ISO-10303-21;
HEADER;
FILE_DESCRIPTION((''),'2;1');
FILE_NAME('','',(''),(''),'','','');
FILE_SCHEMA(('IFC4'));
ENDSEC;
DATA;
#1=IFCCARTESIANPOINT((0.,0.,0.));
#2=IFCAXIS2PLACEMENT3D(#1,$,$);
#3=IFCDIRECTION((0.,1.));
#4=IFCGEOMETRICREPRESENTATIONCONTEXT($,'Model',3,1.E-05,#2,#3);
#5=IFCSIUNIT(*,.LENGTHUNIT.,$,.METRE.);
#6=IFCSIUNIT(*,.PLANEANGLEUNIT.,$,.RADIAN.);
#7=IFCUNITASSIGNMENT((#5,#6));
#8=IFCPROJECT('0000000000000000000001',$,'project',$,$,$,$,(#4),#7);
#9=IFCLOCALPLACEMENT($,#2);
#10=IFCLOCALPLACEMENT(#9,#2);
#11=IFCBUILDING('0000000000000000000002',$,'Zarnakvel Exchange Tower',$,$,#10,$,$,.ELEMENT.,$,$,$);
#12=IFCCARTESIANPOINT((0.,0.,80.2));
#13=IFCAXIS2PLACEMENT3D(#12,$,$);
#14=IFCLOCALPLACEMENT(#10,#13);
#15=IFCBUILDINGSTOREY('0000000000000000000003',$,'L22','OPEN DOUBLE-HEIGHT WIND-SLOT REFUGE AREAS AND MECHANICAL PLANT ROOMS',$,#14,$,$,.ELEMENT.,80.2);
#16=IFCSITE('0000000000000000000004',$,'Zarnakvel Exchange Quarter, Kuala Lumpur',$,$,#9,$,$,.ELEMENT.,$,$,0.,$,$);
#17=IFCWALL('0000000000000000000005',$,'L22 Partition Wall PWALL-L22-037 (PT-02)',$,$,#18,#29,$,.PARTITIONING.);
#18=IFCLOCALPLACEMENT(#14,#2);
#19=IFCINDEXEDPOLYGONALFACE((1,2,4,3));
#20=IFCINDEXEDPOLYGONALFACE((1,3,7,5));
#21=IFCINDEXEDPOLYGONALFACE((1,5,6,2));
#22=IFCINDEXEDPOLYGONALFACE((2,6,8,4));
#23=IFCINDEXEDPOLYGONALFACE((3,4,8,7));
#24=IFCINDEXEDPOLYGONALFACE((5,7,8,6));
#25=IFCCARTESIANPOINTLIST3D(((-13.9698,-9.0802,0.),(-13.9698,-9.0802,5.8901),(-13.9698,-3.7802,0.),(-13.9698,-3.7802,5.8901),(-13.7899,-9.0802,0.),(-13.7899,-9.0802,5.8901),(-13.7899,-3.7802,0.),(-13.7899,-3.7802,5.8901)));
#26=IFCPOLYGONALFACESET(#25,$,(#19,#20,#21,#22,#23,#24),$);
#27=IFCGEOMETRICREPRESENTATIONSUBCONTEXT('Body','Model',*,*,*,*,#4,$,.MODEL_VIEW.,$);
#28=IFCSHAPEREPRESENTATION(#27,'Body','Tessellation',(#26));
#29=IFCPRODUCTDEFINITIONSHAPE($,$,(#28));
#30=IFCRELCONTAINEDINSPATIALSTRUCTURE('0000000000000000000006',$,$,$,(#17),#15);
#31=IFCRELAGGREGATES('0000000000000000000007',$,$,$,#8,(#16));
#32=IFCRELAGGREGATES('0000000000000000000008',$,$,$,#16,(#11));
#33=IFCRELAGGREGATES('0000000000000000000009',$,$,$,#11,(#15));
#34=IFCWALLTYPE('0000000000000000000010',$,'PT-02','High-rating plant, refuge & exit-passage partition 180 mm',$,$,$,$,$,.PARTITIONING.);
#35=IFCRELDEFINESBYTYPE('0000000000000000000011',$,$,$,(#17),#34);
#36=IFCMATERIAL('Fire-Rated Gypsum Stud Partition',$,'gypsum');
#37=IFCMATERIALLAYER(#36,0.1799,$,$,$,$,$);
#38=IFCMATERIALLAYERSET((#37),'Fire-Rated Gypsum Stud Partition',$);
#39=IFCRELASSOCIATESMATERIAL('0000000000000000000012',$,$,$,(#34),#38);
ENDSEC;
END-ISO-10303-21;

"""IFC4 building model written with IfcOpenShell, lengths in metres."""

from ifc_helpers import new_model, si_unit, direction, frame, frame_2d, origin, place, context, subcontext, project, spatial, rectangle, extrude, material, layer, layer_set, type_object, element, save


model = new_model("IFC4")

# Units and contexts
model_context = context("Model", 3, precision=1e-05, world=origin(), true_north=direction((0.0, 1.0)))
body_context = subcontext(model_context, "Body", "Model", "MODEL_VIEW")
ifc_project = project(units=[si_unit("LENGTHUNIT", "METRE"), si_unit("PLANEANGLEUNIT", "RADIAN")], contexts=[model_context])

# Site, building, storey
site_placement = place(None, origin())
site = spatial("IfcSite", under=ifc_project, at=site_placement, Name="Zarnakvel Exchange Quarter, Kuala Lumpur", CompositionType="ELEMENT", RefElevation=0.0)
building_placement = place(site_placement, origin())
building = spatial("IfcBuilding", under=site, at=building_placement, Name="Zarnakvel Exchange Tower", CompositionType="ELEMENT")
storey_placement = place(building_placement, frame((0.0, 0.0, 80.2)))
storey = spatial("IfcBuildingStorey", under=building, at=storey_placement, Name="L22", Description="OPEN DOUBLE-HEIGHT WIND-SLOT REFUGE AREAS AND MECHANICAL PLANT ROOMS", CompositionType="ELEMENT", Elevation=80.2)

# Wall
ifc_material_1 = material(Name="Fire-Rated Gypsum Stud Partition", Category="gypsum")
ifc_layer_1 = layer(ifc_material_1, 0.1799)
ifc_layer_set_1 = layer_set([ifc_layer_1], Name="Fire-Rated Gypsum Stud Partition")
wall_type = type_object("IfcWallType", Name="PT-02", Description="High-rating plant, refuge & exit-passage partition 180 mm", PredefinedType="PARTITIONING", material=ifc_layer_set_1)
wall_1_placement = place(storey_placement, frame((-13.8799, -9.0801, 0.0), z_axis=(0.0, 0.0, 1.0), x_axis=(0.0, 1.0, 0.0)))
element("IfcWall", 1, at=wall_1_placement, inside=storey, type_object=wall_type, Name="L22 Partition Wall PWALL-L22-037 (PT-02)", PredefinedType="PARTITIONING", context=body_context, shape_type="SweptSolid", body=[
    extrude(rectangle(XDim=5.3, YDim=0.1799, at=frame_2d((2.6499, 0.0))), origin(), (0.0, 0.0, 1.0), 5.8901),
])

save(model, "model.ifc")
